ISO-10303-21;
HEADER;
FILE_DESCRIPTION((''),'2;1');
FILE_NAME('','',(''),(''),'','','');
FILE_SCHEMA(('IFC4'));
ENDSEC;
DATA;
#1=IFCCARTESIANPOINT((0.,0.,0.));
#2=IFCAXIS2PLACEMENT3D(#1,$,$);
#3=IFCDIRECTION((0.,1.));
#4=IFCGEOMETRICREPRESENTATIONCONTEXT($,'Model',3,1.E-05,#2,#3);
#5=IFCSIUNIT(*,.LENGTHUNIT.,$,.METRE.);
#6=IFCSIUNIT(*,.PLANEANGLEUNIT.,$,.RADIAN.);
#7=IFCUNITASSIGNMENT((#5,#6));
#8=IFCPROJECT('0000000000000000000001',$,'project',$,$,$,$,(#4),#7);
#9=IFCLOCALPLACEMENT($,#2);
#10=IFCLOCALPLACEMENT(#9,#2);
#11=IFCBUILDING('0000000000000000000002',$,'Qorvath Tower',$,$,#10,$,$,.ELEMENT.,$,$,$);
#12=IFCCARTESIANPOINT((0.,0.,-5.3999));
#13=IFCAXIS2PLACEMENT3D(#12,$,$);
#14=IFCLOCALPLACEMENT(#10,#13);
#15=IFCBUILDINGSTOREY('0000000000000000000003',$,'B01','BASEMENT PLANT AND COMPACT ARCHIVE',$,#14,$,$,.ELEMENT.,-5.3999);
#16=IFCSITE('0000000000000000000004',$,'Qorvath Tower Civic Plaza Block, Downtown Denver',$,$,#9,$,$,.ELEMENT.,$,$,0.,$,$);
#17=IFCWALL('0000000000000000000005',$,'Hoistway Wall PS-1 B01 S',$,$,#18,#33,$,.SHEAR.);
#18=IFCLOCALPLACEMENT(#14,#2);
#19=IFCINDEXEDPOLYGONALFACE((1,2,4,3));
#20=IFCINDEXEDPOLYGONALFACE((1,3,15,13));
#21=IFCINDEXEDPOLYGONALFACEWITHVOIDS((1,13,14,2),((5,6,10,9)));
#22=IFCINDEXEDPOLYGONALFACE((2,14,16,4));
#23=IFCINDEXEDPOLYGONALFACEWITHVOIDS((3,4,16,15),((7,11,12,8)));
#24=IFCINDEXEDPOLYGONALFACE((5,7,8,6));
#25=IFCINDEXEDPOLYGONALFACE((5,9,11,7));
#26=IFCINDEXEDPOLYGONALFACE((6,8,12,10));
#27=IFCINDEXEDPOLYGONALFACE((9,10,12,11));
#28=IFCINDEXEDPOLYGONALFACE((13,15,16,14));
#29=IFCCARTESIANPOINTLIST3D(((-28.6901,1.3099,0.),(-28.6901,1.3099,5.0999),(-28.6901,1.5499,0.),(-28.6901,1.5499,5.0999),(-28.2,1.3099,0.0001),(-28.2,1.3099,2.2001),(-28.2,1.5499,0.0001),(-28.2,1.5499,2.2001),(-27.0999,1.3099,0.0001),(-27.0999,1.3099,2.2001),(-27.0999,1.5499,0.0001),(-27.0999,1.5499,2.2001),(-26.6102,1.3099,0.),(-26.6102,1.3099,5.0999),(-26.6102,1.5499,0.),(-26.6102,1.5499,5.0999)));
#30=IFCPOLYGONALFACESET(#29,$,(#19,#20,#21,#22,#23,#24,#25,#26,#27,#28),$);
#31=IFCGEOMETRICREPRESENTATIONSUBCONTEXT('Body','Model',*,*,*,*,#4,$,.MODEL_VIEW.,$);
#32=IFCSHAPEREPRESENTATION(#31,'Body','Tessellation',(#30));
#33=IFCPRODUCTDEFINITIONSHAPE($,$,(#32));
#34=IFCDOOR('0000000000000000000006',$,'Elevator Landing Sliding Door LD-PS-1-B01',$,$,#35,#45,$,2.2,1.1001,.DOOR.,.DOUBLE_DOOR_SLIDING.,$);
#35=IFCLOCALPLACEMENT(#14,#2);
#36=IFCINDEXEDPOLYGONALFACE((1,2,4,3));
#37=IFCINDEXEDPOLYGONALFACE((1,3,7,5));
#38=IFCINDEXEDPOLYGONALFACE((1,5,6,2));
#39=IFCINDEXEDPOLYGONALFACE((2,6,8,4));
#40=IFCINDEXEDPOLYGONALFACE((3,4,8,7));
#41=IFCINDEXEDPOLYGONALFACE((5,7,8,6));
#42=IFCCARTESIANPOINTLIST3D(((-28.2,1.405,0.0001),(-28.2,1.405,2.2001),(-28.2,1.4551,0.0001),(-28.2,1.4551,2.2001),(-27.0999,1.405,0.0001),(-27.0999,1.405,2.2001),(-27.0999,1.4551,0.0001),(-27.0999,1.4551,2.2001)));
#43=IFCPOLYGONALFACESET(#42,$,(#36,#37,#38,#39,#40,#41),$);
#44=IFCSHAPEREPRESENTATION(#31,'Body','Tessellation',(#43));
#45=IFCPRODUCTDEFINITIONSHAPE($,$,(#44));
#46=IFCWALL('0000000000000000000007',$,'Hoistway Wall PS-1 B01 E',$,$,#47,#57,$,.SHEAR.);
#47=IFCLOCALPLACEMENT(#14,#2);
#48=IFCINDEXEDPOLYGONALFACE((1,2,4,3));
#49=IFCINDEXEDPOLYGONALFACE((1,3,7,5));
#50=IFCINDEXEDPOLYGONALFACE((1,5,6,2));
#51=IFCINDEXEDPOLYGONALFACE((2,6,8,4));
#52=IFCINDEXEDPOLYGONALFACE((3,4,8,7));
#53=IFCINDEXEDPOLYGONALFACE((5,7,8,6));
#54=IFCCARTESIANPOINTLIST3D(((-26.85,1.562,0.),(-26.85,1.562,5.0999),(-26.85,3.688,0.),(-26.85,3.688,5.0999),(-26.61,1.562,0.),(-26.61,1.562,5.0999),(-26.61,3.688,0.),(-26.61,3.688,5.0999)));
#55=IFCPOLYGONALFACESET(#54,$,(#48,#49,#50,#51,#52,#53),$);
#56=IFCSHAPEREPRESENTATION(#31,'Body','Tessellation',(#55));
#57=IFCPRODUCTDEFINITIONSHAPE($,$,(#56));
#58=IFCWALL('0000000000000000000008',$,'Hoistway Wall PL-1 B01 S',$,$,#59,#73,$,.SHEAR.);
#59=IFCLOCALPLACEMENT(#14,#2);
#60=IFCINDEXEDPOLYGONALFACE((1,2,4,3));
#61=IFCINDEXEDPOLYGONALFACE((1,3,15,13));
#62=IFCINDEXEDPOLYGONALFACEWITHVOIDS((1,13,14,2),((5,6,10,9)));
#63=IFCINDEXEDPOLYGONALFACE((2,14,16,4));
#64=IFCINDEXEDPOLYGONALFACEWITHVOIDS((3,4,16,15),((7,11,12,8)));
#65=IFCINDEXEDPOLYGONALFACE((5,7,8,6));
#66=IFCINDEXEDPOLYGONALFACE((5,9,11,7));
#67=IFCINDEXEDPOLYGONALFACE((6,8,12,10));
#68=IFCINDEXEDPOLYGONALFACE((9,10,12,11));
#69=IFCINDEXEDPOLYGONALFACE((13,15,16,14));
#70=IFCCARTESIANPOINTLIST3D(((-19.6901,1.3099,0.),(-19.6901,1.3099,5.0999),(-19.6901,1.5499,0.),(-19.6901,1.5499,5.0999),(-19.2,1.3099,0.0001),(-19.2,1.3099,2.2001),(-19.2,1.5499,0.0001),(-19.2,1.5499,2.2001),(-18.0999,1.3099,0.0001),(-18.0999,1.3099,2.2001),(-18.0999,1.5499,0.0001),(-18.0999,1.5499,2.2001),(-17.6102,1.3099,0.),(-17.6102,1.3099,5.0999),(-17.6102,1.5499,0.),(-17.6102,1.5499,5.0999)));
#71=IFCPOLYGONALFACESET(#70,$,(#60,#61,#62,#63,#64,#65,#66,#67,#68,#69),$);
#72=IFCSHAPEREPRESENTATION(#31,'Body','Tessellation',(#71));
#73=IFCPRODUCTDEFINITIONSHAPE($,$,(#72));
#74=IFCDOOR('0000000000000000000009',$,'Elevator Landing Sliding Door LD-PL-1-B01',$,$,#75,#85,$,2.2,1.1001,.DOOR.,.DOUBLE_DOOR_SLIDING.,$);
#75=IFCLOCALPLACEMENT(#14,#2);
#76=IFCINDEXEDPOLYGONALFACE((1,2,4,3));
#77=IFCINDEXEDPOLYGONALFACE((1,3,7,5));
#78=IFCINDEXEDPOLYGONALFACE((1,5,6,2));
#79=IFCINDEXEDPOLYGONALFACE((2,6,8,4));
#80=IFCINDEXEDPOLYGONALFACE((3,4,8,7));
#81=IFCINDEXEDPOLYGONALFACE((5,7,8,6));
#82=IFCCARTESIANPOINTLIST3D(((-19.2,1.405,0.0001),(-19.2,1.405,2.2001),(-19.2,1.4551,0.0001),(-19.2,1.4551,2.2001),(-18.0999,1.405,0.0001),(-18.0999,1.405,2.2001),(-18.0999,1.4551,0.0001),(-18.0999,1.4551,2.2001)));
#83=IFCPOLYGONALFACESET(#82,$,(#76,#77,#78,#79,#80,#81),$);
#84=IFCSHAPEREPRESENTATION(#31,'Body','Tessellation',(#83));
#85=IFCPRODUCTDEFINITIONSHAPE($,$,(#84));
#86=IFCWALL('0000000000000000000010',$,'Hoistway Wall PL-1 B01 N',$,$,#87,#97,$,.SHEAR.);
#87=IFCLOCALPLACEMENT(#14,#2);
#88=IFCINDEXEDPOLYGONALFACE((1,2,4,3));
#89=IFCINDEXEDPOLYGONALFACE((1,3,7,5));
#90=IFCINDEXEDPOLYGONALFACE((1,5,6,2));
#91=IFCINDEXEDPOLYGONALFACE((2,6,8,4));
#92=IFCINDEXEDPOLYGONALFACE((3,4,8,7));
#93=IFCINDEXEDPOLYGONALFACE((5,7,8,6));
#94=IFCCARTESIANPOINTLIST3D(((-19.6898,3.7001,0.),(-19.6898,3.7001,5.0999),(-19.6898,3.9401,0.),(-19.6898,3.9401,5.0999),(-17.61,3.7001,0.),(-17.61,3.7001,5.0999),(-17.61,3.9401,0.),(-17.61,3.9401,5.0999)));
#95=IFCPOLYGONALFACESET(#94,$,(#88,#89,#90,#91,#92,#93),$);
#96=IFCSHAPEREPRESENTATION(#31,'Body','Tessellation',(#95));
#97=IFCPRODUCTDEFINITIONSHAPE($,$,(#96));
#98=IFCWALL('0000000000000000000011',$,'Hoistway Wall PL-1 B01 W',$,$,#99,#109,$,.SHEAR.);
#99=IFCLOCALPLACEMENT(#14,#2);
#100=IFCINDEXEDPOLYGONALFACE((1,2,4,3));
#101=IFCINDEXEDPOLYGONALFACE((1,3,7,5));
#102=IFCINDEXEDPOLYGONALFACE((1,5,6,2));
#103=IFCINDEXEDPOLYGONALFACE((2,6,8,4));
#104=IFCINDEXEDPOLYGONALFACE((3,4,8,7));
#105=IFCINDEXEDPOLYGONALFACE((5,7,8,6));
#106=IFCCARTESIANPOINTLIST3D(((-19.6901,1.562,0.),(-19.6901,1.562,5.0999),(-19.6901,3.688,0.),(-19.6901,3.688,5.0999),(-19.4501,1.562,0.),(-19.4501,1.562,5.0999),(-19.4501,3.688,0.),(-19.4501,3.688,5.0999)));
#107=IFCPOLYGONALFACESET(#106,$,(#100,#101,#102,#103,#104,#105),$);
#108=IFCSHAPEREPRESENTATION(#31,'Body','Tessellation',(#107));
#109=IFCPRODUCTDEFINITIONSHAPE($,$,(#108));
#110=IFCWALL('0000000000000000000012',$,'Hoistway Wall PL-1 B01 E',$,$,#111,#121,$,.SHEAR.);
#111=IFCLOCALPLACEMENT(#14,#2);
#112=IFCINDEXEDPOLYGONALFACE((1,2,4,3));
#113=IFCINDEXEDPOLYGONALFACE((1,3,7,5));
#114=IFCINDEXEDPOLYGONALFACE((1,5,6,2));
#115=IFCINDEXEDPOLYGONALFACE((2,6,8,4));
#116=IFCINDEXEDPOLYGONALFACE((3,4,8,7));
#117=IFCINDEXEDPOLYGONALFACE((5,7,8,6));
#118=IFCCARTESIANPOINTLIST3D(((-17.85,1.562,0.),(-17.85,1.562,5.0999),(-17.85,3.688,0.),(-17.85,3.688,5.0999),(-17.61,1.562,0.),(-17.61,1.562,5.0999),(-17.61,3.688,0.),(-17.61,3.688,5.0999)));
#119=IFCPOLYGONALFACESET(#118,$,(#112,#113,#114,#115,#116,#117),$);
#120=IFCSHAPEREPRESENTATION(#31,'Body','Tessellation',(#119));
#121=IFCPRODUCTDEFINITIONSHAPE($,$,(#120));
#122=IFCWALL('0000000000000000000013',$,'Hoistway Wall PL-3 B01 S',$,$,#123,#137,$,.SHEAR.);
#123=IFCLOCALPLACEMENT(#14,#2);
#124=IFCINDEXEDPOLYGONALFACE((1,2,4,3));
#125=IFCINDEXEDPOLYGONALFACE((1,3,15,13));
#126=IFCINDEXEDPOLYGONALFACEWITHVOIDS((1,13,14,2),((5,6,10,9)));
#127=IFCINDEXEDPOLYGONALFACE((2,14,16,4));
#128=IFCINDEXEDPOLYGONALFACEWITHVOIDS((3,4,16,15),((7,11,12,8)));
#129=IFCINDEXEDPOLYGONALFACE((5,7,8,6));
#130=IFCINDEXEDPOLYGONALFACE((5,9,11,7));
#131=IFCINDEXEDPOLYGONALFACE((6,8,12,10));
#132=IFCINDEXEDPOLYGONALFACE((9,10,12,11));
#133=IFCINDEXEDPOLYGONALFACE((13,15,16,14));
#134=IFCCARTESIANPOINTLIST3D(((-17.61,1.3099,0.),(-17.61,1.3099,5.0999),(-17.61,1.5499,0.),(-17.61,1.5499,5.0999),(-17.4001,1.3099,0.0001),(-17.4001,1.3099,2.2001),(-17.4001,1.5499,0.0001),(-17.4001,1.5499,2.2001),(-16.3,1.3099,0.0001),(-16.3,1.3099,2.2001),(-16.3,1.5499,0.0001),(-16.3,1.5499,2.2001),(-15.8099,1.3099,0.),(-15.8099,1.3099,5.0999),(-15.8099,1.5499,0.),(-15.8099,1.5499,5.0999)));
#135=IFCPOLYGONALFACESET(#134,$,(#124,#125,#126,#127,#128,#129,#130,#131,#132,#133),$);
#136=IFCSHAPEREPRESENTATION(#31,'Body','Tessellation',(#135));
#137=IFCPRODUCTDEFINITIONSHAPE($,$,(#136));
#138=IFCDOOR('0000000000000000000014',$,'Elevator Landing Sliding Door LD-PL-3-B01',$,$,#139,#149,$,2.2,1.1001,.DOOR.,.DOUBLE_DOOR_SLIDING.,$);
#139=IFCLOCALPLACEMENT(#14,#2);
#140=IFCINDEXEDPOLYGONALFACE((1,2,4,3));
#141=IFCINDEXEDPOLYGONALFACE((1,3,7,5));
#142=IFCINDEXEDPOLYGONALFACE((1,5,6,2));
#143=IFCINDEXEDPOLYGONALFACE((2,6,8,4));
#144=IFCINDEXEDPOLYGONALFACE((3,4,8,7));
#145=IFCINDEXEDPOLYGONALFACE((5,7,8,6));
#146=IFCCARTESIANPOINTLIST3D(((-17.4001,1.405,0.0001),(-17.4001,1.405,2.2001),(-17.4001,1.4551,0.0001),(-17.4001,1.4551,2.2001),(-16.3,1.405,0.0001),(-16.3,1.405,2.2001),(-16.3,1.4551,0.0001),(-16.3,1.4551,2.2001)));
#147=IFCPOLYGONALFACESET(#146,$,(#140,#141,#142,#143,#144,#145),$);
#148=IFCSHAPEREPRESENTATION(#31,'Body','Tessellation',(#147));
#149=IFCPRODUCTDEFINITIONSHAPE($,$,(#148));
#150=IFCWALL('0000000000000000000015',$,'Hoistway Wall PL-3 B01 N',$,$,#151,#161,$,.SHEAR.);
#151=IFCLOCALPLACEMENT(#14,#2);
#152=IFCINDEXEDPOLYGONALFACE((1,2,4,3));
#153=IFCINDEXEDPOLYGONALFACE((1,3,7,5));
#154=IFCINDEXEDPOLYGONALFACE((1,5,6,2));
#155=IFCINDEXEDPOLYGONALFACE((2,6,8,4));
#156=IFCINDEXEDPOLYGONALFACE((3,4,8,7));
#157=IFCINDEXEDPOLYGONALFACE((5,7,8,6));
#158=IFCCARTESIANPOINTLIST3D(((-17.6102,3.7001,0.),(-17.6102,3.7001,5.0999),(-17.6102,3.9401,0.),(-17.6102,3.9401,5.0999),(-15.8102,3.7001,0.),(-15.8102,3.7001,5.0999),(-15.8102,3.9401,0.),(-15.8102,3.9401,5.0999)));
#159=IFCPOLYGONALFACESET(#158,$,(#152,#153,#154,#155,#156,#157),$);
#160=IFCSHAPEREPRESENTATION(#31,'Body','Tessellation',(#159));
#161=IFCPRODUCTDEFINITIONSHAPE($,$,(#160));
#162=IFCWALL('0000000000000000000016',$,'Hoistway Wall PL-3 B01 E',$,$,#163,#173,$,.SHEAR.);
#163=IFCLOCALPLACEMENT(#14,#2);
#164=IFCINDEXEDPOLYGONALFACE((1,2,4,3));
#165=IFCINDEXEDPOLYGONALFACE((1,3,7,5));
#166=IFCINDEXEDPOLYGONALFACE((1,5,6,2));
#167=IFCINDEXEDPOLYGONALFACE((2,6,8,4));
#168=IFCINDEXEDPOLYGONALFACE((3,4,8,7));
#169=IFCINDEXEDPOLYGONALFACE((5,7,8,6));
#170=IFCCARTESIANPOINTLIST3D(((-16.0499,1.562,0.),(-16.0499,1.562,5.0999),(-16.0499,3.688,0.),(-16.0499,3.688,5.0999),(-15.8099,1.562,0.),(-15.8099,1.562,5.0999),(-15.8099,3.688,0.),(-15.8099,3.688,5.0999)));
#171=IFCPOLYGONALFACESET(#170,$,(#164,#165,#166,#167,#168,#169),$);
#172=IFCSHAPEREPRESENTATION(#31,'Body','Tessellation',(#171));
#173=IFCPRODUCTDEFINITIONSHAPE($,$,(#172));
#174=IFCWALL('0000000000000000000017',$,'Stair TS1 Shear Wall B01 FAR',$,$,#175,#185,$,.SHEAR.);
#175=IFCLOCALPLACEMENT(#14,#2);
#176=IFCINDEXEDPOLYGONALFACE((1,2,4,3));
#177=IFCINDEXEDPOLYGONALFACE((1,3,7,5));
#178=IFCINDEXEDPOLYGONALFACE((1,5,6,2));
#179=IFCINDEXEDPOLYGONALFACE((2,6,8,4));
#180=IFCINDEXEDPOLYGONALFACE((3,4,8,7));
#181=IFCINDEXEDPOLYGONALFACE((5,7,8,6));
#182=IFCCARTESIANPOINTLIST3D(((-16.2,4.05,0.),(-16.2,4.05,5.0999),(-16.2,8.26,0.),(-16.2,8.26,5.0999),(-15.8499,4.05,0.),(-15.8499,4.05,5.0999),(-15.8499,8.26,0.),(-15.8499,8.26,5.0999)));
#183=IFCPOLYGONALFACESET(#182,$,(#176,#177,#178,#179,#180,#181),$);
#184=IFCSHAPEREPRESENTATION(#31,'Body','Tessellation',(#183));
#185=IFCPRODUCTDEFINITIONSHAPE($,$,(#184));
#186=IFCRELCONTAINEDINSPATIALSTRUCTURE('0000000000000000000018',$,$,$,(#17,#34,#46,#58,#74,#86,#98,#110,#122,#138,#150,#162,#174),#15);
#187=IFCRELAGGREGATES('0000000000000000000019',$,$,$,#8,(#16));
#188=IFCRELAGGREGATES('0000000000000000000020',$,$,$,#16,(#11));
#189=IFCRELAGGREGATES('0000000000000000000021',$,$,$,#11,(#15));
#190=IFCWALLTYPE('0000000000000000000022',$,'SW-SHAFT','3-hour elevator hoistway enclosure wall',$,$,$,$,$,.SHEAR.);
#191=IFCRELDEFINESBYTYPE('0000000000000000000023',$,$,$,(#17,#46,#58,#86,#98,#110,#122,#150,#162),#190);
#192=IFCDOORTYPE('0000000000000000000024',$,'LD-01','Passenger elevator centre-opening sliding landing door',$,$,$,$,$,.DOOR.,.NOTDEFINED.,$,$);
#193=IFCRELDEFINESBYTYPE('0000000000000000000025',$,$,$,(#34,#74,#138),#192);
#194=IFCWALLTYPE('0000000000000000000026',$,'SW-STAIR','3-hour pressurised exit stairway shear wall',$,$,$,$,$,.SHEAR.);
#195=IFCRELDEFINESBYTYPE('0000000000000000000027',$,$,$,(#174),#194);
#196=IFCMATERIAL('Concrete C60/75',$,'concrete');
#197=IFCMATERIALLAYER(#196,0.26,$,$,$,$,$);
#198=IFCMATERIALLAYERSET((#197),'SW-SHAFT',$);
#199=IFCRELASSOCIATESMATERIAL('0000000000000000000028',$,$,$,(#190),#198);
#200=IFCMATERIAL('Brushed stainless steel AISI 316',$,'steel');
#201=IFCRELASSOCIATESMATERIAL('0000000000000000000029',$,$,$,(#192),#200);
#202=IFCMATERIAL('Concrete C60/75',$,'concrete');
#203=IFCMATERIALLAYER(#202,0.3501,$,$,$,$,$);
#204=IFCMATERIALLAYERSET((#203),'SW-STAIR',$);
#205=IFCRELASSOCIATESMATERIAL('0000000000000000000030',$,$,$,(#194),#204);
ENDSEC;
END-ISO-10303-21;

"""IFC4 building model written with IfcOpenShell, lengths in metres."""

from ifc_helpers import new_model, si_unit, direction, frame, frame_2d, origin, place, context, subcontext, project, spatial, rectangle, extrude, material, layer, layer_set, type_object, element, fill, save


model = new_model("IFC4")

# Units and contexts
model_context = context("Model", 3, precision=1e-05, world=origin(), true_north=direction((0.0, 1.0)))
body_context = subcontext(model_context, "Body", "Model", "MODEL_VIEW")
ifc_project = project(units=[si_unit("LENGTHUNIT", "METRE"), si_unit("PLANEANGLEUNIT", "RADIAN")], contexts=[model_context])

# Site, building, storey
site_placement = place(None, origin())
site = spatial("IfcSite", under=ifc_project, at=site_placement, Name="Qorvath Tower Civic Plaza Block, Downtown Denver", CompositionType="ELEMENT", RefElevation=0.0)
building_placement = place(site_placement, origin())
building = spatial("IfcBuilding", under=site, at=building_placement, Name="Qorvath Tower", CompositionType="ELEMENT")
storey_placement = place(building_placement, frame((0.0, 0.0, -5.3999)))
storey = spatial("IfcBuildingStorey", under=building, at=storey_placement, Name="B01", Description="BASEMENT PLANT AND COMPACT ARCHIVE", CompositionType="ELEMENT", Elevation=-5.3999)

# Shared definitions
ifc_material_1 = material(Name="Concrete C60/75", Category="concrete")
ifc_layer_1 = layer(ifc_material_1, 0.26)
ifc_layer_set_1 = layer_set([ifc_layer_1], Name="SW-SHAFT")
wall_type_1 = type_object("IfcWallType", Name="SW-SHAFT", Description="3-hour elevator hoistway enclosure wall", PredefinedType="SHEAR", material=ifc_layer_set_1)

# Wall, opening, door
wall_1_placement = place(storey_placement, frame((-26.6101, 1.4299, 0.0), z_axis=(0.0, 0.0, 1.0), x_axis=(-1.0, 0.0, 0.0)))
wall_1 = element("IfcWall", 1, at=wall_1_placement, inside=storey, type_object=wall_type_1, Name="Hoistway Wall PS-1 B01 S", PredefinedType="SHEAR", context=body_context, shape_type="SweptSolid", body=[
    extrude(rectangle(XDim=2.0798, YDim=0.24, at=frame_2d((1.04, 0.0))), origin(), (0.0, 0.0, 1.0), 5.0999),
])
opening_1_placement = place(wall_1_placement, frame((0.4897, 0.0, 0.0)))
opening_1 = element("IfcOpeningElement", 2, at=opening_1_placement, cuts=wall_1, PredefinedType="OPENING", context=body_context, shape_type="SweptSolid", body=[
    extrude(rectangle(XDim=1.1001, YDim=2.2, at=frame_2d((0.55, 1.1001))), frame((0.0, 0.1299, 0.0), z_axis=(0.0, -1.0, 0.0), x_axis=(1.0, 0.0, 0.0)), (0.0, 0.0, 1.0), 0.26),
])
ifc_material_2 = material(Name="Brushed stainless steel AISI 316", Category="steel")
door_type = type_object("IfcDoorType", Name="LD-01", Description="Passenger elevator centre-opening sliding landing door", OperationType="NOTDEFINED", PredefinedType="DOOR", material=ifc_material_2)
door_1_placement = place(opening_1_placement, origin())
door_1 = element("IfcDoor", 3, at=door_1_placement, inside=storey, type_object=door_type, Name="Elevator Landing Sliding Door LD-PS-1-B01", OperationType="DOUBLE_DOOR_SLIDING", OverallHeight=2.2, OverallWidth=1.1001, PredefinedType="DOOR", context=body_context, shape_type="SweptSolid", body=[
    extrude(rectangle(XDim=1.1001, YDim=2.2, at=frame_2d((0.55, 1.1001))), frame((0.0, 0.0249, 0.0), z_axis=(0.0, -1.0, 0.0), x_axis=(1.0, 0.0, 0.0)), (0.0, 0.0, 1.0), 0.05),
])
fill(opening_1, door_1)

# Wall
wall_2_placement = place(storey_placement, frame((-26.73, 3.688, 0.0), z_axis=(0.0, 0.0, 1.0), x_axis=(0.0, -1.0, 0.0)))
element("IfcWall", 4, at=wall_2_placement, inside=storey, type_object=wall_type_1, Name="Hoistway Wall PS-1 B01 E", PredefinedType="SHEAR", context=body_context, shape_type="SweptSolid", body=[
    extrude(rectangle(XDim=2.126, YDim=0.24, at=frame_2d((1.063, 0.0))), origin(), (0.0, 0.0, 1.0), 5.0999),
])

# Wall, opening, door
wall_3_placement = place(storey_placement, frame((-17.6101, 1.4299, 0.0), z_axis=(0.0, 0.0, 1.0), x_axis=(-1.0, 0.0, 0.0)))
wall_3 = element("IfcWall", 5, at=wall_3_placement, inside=storey, type_object=wall_type_1, Name="Hoistway Wall PL-1 B01 S", PredefinedType="SHEAR", context=body_context, shape_type="SweptSolid", body=[
    extrude(rectangle(XDim=2.0798, YDim=0.24, at=frame_2d((1.04, 0.0))), origin(), (0.0, 0.0, 1.0), 5.0999),
])
opening_2_placement = place(wall_3_placement, frame((0.4897, 0.0, 0.0)))
opening_2 = element("IfcOpeningElement", 6, at=opening_2_placement, cuts=wall_3, PredefinedType="OPENING", context=body_context, shape_type="SweptSolid", body=[
    extrude(rectangle(XDim=1.1001, YDim=2.2, at=frame_2d((0.55, 1.1001))), frame((0.0, 0.1299, 0.0), z_axis=(0.0, -1.0, 0.0), x_axis=(1.0, 0.0, 0.0)), (0.0, 0.0, 1.0), 0.26),
])
door_2_placement = place(opening_2_placement, origin())
door_2 = element("IfcDoor", 7, at=door_2_placement, inside=storey, type_object=door_type, Name="Elevator Landing Sliding Door LD-PL-1-B01", OperationType="DOUBLE_DOOR_SLIDING", OverallHeight=2.2, OverallWidth=1.1001, PredefinedType="DOOR", context=body_context, shape_type="SweptSolid", body=[
    extrude(rectangle(XDim=1.1001, YDim=2.2, at=frame_2d((0.55, 1.1001))), frame((0.0, 0.0249, 0.0), z_axis=(0.0, -1.0, 0.0), x_axis=(1.0, 0.0, 0.0)), (0.0, 0.0, 1.0), 0.05),
])
fill(opening_2, door_2)

# Walls
wall_4_placement = place(storey_placement, frame((-19.6899, 3.8201, 0.0), z_axis=(0.0, 0.0, 1.0), x_axis=(1.0, 0.0, 0.0)))
element("IfcWall", 8, at=wall_4_placement, inside=storey, type_object=wall_type_1, Name="Hoistway Wall PL-1 B01 N", PredefinedType="SHEAR", context=body_context, shape_type="SweptSolid", body=[
    extrude(rectangle(XDim=2.0798, YDim=0.24, at=frame_2d((1.04, 0.0))), origin(), (0.0, 0.0, 1.0), 5.0999),
])
for number, where, z_axis, x_axis, name in (
    (9, (-19.5701, 1.562, 0.0), (0.0, 0.0, 1.0), (0.0, 1.0, 0.0), "Hoistway Wall PL-1 B01 W"),
    (10, (-17.73, 3.688, 0.0), (0.0, 0.0, 1.0), (0.0, -1.0, 0.0), "Hoistway Wall PL-1 B01 E"),
):
    element("IfcWall", number, at=place(storey_placement, frame(where, z_axis=z_axis, x_axis=x_axis)), inside=storey, type_object=wall_type_1, Name=name, PredefinedType="SHEAR", context=body_context, shape_type="SweptSolid", body=[
        extrude(rectangle(XDim=2.126, YDim=0.24, at=frame_2d((1.063, 0.0))), origin(), (0.0, 0.0, 1.0), 5.0999),
    ])

# Wall, opening, door
wall_5_placement = place(storey_placement, frame((-15.8101, 1.4299, 0.0), z_axis=(0.0, 0.0, 1.0), x_axis=(-1.0, 0.0, 0.0)))
wall_5 = element("IfcWall", 11, at=wall_5_placement, inside=storey, type_object=wall_type_1, Name="Hoistway Wall PL-3 B01 S", PredefinedType="SHEAR", context=body_context, shape_type="SweptSolid", body=[
    extrude(rectangle(XDim=1.8, YDim=0.24, at=frame_2d((0.8999, 0.0))), origin(), (0.0, 0.0, 1.0), 5.0999),
])
opening_3_placement = place(wall_5_placement, frame((0.49, 0.0, 0.0)))
opening_3 = element("IfcOpeningElement", 12, at=opening_3_placement, cuts=wall_5, PredefinedType="OPENING", context=body_context, shape_type="SweptSolid", body=[
    extrude(rectangle(XDim=1.1001, YDim=2.2, at=frame_2d((0.55, 1.1001))), frame((0.0, 0.1299, 0.0), z_axis=(0.0, -1.0, 0.0), x_axis=(1.0, 0.0, 0.0)), (0.0, 0.0, 1.0), 0.26),
])
door_3_placement = place(opening_3_placement, origin())
door_3 = element("IfcDoor", 13, at=door_3_placement, inside=storey, type_object=door_type, Name="Elevator Landing Sliding Door LD-PL-3-B01", OperationType="DOUBLE_DOOR_SLIDING", OverallHeight=2.2, OverallWidth=1.1001, PredefinedType="DOOR", context=body_context, shape_type="SweptSolid", body=[
    extrude(rectangle(XDim=1.1001, YDim=2.2, at=frame_2d((0.55, 1.1001))), frame((0.0, 0.0249, 0.0), z_axis=(0.0, -1.0, 0.0), x_axis=(1.0, 0.0, 0.0)), (0.0, 0.0, 1.0), 0.05),
])
fill(opening_3, door_3)

# Walls
wall_6_placement = place(storey_placement, frame((-17.6101, 3.8201, 0.0), z_axis=(0.0, 0.0, 1.0), x_axis=(1.0, 0.0, 0.0)))
element("IfcWall", 14, at=wall_6_placement, inside=storey, type_object=wall_type_1, Name="Hoistway Wall PL-3 B01 N", PredefinedType="SHEAR", context=body_context, shape_type="SweptSolid", body=[
    extrude(rectangle(XDim=1.8, YDim=0.24, at=frame_2d((0.8999, 0.0))), origin(), (0.0, 0.0, 1.0), 5.0999),
])
wall_7_placement = place(storey_placement, frame((-15.9299, 3.688, 0.0), z_axis=(0.0, 0.0, 1.0), x_axis=(0.0, -1.0, 0.0)))
element("IfcWall", 15, at=wall_7_placement, inside=storey, type_object=wall_type_1, Name="Hoistway Wall PL-3 B01 E", PredefinedType="SHEAR", context=body_context, shape_type="SweptSolid", body=[
    extrude(rectangle(XDim=2.126, YDim=0.24, at=frame_2d((1.063, 0.0))), origin(), (0.0, 0.0, 1.0), 5.0999),
])
ifc_material_3 = material(Name="Concrete C60/75", Category="concrete")
ifc_layer_2 = layer(ifc_material_3, 0.3501)
ifc_layer_set_2 = layer_set([ifc_layer_2], Name="SW-STAIR")
wall_type_2 = type_object("IfcWallType", Name="SW-STAIR", Description="3-hour pressurised exit stairway shear wall", PredefinedType="SHEAR", material=ifc_layer_set_2)
wall_8_placement = place(storey_placement, frame((-16.0249, 4.05, 0.0), z_axis=(0.0, 0.0, 1.0), x_axis=(0.0, 1.0, 0.0)))
element("IfcWall", 16, at=wall_8_placement, inside=storey, type_object=wall_type_2, Name="Stair TS1 Shear Wall B01 FAR", PredefinedType="SHEAR", context=body_context, shape_type="SweptSolid", body=[
    extrude(rectangle(XDim=4.21, YDim=0.3501, at=frame_2d((2.105, 0.0))), origin(), (0.0, 0.0, 1.0), 5.0999),
])

save(model, "model.ifc")
